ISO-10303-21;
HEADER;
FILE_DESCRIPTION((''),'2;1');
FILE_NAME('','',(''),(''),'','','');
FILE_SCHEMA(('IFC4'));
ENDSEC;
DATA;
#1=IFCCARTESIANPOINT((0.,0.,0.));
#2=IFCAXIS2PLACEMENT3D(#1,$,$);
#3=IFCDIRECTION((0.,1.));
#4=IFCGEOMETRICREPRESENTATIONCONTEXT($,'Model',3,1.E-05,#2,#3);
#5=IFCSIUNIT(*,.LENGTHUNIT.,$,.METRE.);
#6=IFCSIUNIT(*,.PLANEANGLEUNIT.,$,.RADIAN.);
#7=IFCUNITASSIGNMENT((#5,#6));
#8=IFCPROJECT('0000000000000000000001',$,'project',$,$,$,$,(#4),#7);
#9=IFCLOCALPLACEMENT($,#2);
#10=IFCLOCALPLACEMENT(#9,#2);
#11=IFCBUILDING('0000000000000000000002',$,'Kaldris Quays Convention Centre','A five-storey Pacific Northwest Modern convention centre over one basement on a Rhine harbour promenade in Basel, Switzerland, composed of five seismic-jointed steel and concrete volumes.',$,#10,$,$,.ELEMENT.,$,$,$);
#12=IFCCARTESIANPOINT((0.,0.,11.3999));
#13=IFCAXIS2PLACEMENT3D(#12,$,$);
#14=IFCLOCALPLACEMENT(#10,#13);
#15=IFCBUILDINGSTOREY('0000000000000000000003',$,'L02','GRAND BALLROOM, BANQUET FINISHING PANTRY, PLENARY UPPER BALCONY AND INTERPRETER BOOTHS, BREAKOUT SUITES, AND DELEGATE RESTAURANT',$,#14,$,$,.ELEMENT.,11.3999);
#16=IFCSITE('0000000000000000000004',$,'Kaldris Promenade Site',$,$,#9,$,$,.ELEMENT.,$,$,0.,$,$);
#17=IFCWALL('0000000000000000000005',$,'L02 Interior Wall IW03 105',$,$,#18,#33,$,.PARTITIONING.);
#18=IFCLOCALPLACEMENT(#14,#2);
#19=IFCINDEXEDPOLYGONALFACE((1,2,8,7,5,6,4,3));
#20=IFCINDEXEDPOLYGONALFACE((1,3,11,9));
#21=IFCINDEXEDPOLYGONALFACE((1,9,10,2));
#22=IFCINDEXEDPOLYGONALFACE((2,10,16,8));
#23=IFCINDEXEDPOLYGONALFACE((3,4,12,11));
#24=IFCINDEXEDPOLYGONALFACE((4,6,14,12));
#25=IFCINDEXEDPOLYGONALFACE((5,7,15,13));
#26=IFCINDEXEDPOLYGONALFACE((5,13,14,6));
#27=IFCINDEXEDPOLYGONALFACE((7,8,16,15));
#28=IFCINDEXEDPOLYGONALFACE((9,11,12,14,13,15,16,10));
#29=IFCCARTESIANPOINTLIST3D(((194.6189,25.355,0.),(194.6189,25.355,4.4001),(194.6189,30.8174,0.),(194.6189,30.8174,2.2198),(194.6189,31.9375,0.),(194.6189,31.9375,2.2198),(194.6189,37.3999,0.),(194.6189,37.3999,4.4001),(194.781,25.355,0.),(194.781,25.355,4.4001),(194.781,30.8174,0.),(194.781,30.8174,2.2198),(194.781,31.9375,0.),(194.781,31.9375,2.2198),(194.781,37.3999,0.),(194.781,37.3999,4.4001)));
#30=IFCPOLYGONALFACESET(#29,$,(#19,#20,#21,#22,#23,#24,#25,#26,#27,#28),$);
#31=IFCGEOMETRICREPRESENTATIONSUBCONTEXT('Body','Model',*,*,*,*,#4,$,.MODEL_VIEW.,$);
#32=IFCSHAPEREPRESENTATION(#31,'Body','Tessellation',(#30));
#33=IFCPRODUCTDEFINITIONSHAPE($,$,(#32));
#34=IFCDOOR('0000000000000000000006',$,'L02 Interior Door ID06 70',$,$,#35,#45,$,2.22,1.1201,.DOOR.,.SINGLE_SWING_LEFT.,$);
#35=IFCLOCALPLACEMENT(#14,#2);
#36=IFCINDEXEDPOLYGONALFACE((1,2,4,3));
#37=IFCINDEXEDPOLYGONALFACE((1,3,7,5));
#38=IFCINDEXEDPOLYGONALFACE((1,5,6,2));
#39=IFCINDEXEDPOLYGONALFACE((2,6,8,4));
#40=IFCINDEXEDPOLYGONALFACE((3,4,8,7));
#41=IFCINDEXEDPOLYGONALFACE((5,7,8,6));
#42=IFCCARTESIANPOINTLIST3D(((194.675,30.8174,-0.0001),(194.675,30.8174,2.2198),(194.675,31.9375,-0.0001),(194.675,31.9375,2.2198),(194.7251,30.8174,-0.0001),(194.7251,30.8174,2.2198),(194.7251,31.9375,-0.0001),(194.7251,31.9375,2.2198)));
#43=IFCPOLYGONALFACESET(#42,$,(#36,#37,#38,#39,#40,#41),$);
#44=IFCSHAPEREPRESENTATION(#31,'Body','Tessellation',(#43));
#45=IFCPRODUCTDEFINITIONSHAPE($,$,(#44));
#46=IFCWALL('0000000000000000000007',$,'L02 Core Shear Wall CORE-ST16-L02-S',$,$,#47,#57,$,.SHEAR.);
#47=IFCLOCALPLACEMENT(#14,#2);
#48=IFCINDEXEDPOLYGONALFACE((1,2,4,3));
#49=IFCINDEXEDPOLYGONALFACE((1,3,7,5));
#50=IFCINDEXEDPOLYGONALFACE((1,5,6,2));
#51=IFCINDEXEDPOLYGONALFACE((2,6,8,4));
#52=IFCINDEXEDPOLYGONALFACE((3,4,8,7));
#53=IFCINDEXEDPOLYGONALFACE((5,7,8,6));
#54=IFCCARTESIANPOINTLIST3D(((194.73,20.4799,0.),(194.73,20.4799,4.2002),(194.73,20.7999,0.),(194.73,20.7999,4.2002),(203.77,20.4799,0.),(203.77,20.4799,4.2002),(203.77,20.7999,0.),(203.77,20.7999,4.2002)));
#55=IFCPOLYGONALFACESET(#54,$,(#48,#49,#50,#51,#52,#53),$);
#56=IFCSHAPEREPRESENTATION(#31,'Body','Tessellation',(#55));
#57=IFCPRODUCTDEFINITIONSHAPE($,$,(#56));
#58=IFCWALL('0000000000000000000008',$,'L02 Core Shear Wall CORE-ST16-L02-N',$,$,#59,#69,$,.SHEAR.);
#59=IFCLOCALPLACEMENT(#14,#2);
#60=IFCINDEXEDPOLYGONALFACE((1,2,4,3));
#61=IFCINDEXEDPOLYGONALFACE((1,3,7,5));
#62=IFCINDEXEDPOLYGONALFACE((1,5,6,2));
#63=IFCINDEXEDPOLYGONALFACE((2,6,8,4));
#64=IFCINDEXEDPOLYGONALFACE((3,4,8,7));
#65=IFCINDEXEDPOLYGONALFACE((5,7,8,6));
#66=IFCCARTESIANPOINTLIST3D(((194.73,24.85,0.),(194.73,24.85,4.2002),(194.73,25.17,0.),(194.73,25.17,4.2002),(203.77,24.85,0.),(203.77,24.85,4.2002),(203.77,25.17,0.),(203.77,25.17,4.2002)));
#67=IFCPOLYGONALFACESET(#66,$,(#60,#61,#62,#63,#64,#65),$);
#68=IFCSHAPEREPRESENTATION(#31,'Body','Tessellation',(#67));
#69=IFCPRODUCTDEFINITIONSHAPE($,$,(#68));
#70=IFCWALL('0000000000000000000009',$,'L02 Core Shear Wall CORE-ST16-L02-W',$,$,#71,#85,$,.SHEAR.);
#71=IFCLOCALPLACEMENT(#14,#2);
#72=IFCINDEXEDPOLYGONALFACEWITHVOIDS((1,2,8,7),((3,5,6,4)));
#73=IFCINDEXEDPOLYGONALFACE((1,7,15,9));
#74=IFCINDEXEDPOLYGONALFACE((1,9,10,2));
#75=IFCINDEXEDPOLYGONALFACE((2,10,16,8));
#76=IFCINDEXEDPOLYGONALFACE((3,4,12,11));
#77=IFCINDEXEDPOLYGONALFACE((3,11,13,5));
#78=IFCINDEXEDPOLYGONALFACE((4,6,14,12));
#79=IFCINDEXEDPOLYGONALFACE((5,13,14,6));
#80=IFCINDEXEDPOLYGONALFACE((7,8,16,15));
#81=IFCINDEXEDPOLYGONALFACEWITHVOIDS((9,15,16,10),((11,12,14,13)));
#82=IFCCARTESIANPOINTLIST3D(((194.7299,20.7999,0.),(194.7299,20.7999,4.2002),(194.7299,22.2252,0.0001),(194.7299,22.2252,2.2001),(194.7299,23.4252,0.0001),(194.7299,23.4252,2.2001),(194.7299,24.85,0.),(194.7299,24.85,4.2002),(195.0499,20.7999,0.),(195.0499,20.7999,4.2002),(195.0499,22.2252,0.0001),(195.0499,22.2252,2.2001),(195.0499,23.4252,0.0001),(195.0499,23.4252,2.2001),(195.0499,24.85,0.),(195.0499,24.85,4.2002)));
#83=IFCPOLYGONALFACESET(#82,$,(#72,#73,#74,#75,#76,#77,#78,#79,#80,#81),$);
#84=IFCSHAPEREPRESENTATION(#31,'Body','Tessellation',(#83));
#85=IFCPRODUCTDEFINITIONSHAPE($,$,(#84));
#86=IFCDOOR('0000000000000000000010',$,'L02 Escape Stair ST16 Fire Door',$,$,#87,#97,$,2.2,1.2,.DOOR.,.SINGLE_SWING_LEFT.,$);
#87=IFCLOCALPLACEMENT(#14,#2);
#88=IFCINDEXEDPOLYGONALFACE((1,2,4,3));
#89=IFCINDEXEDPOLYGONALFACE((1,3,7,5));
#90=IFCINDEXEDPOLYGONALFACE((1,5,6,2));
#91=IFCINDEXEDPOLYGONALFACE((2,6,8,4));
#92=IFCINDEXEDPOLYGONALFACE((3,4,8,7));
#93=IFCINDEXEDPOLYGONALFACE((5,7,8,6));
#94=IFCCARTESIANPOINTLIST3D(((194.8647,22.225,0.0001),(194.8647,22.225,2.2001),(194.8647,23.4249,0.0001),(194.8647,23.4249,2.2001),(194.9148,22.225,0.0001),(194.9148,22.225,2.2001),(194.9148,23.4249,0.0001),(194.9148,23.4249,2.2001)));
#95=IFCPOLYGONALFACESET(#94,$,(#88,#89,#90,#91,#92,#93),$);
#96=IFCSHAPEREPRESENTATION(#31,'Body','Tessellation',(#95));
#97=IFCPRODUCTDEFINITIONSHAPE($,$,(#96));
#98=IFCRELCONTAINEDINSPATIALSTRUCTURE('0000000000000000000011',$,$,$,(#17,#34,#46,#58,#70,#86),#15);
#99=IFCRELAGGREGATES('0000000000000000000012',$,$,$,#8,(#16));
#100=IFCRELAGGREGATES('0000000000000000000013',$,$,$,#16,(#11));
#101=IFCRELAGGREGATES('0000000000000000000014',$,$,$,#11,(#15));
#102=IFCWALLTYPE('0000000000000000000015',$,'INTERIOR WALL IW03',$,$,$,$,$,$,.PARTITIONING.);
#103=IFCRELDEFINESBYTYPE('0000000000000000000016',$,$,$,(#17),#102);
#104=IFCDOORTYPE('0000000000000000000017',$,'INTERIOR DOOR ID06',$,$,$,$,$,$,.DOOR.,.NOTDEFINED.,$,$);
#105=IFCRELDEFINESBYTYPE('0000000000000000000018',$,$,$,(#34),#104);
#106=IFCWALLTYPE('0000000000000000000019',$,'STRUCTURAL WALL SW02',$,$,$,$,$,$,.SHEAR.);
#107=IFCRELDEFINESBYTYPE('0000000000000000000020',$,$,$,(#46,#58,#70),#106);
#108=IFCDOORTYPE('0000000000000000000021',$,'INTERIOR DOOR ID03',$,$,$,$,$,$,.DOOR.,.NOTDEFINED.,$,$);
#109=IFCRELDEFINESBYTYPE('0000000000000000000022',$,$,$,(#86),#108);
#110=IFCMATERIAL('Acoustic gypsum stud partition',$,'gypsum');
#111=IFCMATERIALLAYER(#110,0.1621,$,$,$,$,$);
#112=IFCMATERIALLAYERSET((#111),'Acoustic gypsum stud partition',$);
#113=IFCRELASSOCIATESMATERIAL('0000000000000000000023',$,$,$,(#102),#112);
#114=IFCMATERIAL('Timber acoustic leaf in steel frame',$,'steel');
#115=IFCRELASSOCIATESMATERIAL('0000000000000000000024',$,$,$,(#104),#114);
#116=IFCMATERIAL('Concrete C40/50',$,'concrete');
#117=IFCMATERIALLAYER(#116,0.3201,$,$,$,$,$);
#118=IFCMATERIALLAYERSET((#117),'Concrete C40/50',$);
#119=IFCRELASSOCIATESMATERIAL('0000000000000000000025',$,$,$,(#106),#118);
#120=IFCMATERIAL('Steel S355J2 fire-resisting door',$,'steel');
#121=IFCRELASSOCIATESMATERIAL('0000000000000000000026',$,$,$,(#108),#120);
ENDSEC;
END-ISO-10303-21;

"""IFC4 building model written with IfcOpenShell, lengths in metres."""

from ifc_helpers import new_model, si_unit, direction, frame, frame_2d, origin, place, context, subcontext, project, spatial, rectangle, extrude, material, layer, layer_set, type_object, element, fill, save


model = new_model("IFC4")

# Units and contexts
model_context = context("Model", 3, precision=1e-05, world=origin(), true_north=direction((0.0, 1.0)))
body_context = subcontext(model_context, "Body", "Model", "MODEL_VIEW")
ifc_project = project(units=[si_unit("LENGTHUNIT", "METRE"), si_unit("PLANEANGLEUNIT", "RADIAN")], contexts=[model_context])

# Site, building, storey
site_placement = place(None, origin())
site = spatial("IfcSite", under=ifc_project, at=site_placement, Name="Kaldris Promenade Site", CompositionType="ELEMENT", RefElevation=0.0)
building_placement = place(site_placement, origin())
building = spatial("IfcBuilding", under=site, at=building_placement, Name="Kaldris Quays Convention Centre", Description="A five-storey Pacific Northwest Modern convention centre over one basement on a Rhine harbour promenade in Basel, Switzerland, composed of five seismic-jointed steel and concrete volumes.", CompositionType="ELEMENT")
storey_placement = place(building_placement, frame((0.0, 0.0, 11.3999)))
storey = spatial("IfcBuildingStorey", under=building, at=storey_placement, Name="L02", Description="GRAND BALLROOM, BANQUET FINISHING PANTRY, PLENARY UPPER BALCONY AND INTERPRETER BOOTHS, BREAKOUT SUITES, AND DELEGATE RESTAURANT", CompositionType="ELEMENT", Elevation=11.3999)

# Wall, opening, door
ifc_material_1 = material(Name="Acoustic gypsum stud partition", Category="gypsum")
ifc_layer_1 = layer(ifc_material_1, 0.1621)
ifc_layer_set_1 = layer_set([ifc_layer_1], Name="Acoustic gypsum stud partition")
wall_type_1 = type_object("IfcWallType", Name="INTERIOR WALL IW03", PredefinedType="PARTITIONING", material=ifc_layer_set_1)
wall_1_placement = place(storey_placement, frame((194.7, 25.355, 0.0), z_axis=(0.0, 0.0, 1.0), x_axis=(0.0, 1.0, 0.0)))
wall_1 = element("IfcWall", 1, at=wall_1_placement, inside=storey, type_object=wall_type_1, Name="L02 Interior Wall IW03 105", PredefinedType="PARTITIONING", context=body_context, shape_type="SweptSolid", body=[
    extrude(rectangle(XDim=12.0449, YDim=0.1621, at=frame_2d((6.0225, 0.0))), origin(), (0.0, 0.0, 1.0), 4.4001),
])
opening_1_placement = place(wall_1_placement, frame((5.4624, 0.0, 0.0)))
opening_1 = element("IfcOpeningElement", 2, at=opening_1_placement, cuts=wall_1, PredefinedType="OPENING", context=body_context, shape_type="SweptSolid", body=[
    extrude(rectangle(XDim=1.1201, YDim=2.22, at=frame_2d((0.5601, 1.1099))), frame((0.0, 0.0911, 0.0), z_axis=(0.0, -1.0, 0.0), x_axis=(1.0, 0.0, 0.0)), (0.0, 0.0, 1.0), 0.1821),
])
ifc_material_2 = material(Name="Timber acoustic leaf in steel frame", Category="steel")
door_type_1 = type_object("IfcDoorType", Name="INTERIOR DOOR ID06", OperationType="NOTDEFINED", PredefinedType="DOOR", material=ifc_material_2)
door_1_placement = place(opening_1_placement, origin())
door_1 = element("IfcDoor", 3, at=door_1_placement, inside=storey, type_object=door_type_1, Name="L02 Interior Door ID06 70", OperationType="SINGLE_SWING_LEFT", OverallHeight=2.22, OverallWidth=1.1201, PredefinedType="DOOR", context=body_context, shape_type="SweptSolid", body=[
    extrude(rectangle(XDim=1.1201, YDim=2.22, at=frame_2d((0.5601, 1.1099))), frame((0.0, 0.0249, 0.0), z_axis=(0.0, -1.0, 0.0), x_axis=(1.0, 0.0, 0.0)), (0.0, 0.0, 1.0), 0.05),
])
fill(opening_1, door_1)

# Walls
ifc_material_3 = material(Name="Concrete C40/50", Category="concrete")
ifc_layer_2 = layer(ifc_material_3, 0.3201)
ifc_layer_set_2 = layer_set([ifc_layer_2], Name="Concrete C40/50")
wall_type_2 = type_object("IfcWallType", Name="STRUCTURAL WALL SW02", PredefinedType="SHEAR", material=ifc_layer_set_2)
for number, where, z_axis, x_axis, name in (
    (4, (194.73, 20.6399, 0.0), (0.0, 0.0, 1.0), (1.0, 0.0, 0.0), "L02 Core Shear Wall CORE-ST16-L02-S"),
    (5, (194.73, 25.01, 0.0), (0.0, 0.0, 1.0), (1.0, 0.0, 0.0), "L02 Core Shear Wall CORE-ST16-L02-N"),
):
    element("IfcWall", number, at=place(storey_placement, frame(where, z_axis=z_axis, x_axis=x_axis)), inside=storey, type_object=wall_type_2, Name=name, PredefinedType="SHEAR", context=body_context, shape_type="SweptSolid", body=[
        extrude(rectangle(XDim=9.04, YDim=0.3201, at=frame_2d((4.52, 0.0))), origin(), (0.0, 0.0, 1.0), 4.2002),
    ])

# Wall, opening, door
wall_2_placement = place(storey_placement, frame((194.8899, 20.8, 0.0), z_axis=(0.0, 0.0, 1.0), x_axis=(0.0, 1.0, 0.0)))
wall_2 = element("IfcWall", 6, at=wall_2_placement, inside=storey, type_object=wall_type_2, Name="L02 Core Shear Wall CORE-ST16-L02-W", PredefinedType="SHEAR", context=body_context, shape_type="SweptSolid", body=[
    extrude(rectangle(XDim=4.05, YDim=0.3201, at=frame_2d((2.0249, 0.0))), origin(), (0.0, 0.0, 1.0), 4.2002),
])
opening_2_placement = place(wall_2_placement, frame((1.425, 0.0, 0.0)))
opening_2 = element("IfcOpeningElement", 7, at=opening_2_placement, cuts=wall_2, PredefinedType="OPENING", context=body_context, shape_type="SweptSolid", body=[
    extrude(rectangle(XDim=1.2, YDim=2.2, at=frame_2d((0.6001, 1.1001))), frame((0.0, 0.1699, 0.0), z_axis=(0.0, -1.0, 0.0), x_axis=(1.0, 0.0, 0.0)), (0.0, 0.0, 1.0), 0.3401),
])
ifc_material_4 = material(Name="Steel S355J2 fire-resisting door", Category="steel")
door_type_2 = type_object("IfcDoorType", Name="INTERIOR DOOR ID03", OperationType="NOTDEFINED", PredefinedType="DOOR", material=ifc_material_4)
door_2_placement = place(opening_2_placement, frame((1.2, 0.0, 0.0), z_axis=(0.0, 0.0, 1.0), x_axis=(-1.0, 0.0, 0.0)))
door_2 = element("IfcDoor", 8, at=door_2_placement, inside=storey, type_object=door_type_2, Name="L02 Escape Stair ST16 Fire Door", OperationType="SINGLE_SWING_LEFT", OverallHeight=2.2, OverallWidth=1.2, PredefinedType="DOOR", context=body_context, shape_type="SweptSolid", body=[
    extrude(rectangle(XDim=1.2, YDim=2.2, at=frame_2d((0.6001, 1.1001))), frame((0.0, 0.0249, 0.0), z_axis=(0.0, -1.0, 0.0), x_axis=(1.0, 0.0, 0.0)), (0.0, 0.0, 1.0), 0.05),
])
fill(opening_2, door_2)

save(model, "model.ifc")
